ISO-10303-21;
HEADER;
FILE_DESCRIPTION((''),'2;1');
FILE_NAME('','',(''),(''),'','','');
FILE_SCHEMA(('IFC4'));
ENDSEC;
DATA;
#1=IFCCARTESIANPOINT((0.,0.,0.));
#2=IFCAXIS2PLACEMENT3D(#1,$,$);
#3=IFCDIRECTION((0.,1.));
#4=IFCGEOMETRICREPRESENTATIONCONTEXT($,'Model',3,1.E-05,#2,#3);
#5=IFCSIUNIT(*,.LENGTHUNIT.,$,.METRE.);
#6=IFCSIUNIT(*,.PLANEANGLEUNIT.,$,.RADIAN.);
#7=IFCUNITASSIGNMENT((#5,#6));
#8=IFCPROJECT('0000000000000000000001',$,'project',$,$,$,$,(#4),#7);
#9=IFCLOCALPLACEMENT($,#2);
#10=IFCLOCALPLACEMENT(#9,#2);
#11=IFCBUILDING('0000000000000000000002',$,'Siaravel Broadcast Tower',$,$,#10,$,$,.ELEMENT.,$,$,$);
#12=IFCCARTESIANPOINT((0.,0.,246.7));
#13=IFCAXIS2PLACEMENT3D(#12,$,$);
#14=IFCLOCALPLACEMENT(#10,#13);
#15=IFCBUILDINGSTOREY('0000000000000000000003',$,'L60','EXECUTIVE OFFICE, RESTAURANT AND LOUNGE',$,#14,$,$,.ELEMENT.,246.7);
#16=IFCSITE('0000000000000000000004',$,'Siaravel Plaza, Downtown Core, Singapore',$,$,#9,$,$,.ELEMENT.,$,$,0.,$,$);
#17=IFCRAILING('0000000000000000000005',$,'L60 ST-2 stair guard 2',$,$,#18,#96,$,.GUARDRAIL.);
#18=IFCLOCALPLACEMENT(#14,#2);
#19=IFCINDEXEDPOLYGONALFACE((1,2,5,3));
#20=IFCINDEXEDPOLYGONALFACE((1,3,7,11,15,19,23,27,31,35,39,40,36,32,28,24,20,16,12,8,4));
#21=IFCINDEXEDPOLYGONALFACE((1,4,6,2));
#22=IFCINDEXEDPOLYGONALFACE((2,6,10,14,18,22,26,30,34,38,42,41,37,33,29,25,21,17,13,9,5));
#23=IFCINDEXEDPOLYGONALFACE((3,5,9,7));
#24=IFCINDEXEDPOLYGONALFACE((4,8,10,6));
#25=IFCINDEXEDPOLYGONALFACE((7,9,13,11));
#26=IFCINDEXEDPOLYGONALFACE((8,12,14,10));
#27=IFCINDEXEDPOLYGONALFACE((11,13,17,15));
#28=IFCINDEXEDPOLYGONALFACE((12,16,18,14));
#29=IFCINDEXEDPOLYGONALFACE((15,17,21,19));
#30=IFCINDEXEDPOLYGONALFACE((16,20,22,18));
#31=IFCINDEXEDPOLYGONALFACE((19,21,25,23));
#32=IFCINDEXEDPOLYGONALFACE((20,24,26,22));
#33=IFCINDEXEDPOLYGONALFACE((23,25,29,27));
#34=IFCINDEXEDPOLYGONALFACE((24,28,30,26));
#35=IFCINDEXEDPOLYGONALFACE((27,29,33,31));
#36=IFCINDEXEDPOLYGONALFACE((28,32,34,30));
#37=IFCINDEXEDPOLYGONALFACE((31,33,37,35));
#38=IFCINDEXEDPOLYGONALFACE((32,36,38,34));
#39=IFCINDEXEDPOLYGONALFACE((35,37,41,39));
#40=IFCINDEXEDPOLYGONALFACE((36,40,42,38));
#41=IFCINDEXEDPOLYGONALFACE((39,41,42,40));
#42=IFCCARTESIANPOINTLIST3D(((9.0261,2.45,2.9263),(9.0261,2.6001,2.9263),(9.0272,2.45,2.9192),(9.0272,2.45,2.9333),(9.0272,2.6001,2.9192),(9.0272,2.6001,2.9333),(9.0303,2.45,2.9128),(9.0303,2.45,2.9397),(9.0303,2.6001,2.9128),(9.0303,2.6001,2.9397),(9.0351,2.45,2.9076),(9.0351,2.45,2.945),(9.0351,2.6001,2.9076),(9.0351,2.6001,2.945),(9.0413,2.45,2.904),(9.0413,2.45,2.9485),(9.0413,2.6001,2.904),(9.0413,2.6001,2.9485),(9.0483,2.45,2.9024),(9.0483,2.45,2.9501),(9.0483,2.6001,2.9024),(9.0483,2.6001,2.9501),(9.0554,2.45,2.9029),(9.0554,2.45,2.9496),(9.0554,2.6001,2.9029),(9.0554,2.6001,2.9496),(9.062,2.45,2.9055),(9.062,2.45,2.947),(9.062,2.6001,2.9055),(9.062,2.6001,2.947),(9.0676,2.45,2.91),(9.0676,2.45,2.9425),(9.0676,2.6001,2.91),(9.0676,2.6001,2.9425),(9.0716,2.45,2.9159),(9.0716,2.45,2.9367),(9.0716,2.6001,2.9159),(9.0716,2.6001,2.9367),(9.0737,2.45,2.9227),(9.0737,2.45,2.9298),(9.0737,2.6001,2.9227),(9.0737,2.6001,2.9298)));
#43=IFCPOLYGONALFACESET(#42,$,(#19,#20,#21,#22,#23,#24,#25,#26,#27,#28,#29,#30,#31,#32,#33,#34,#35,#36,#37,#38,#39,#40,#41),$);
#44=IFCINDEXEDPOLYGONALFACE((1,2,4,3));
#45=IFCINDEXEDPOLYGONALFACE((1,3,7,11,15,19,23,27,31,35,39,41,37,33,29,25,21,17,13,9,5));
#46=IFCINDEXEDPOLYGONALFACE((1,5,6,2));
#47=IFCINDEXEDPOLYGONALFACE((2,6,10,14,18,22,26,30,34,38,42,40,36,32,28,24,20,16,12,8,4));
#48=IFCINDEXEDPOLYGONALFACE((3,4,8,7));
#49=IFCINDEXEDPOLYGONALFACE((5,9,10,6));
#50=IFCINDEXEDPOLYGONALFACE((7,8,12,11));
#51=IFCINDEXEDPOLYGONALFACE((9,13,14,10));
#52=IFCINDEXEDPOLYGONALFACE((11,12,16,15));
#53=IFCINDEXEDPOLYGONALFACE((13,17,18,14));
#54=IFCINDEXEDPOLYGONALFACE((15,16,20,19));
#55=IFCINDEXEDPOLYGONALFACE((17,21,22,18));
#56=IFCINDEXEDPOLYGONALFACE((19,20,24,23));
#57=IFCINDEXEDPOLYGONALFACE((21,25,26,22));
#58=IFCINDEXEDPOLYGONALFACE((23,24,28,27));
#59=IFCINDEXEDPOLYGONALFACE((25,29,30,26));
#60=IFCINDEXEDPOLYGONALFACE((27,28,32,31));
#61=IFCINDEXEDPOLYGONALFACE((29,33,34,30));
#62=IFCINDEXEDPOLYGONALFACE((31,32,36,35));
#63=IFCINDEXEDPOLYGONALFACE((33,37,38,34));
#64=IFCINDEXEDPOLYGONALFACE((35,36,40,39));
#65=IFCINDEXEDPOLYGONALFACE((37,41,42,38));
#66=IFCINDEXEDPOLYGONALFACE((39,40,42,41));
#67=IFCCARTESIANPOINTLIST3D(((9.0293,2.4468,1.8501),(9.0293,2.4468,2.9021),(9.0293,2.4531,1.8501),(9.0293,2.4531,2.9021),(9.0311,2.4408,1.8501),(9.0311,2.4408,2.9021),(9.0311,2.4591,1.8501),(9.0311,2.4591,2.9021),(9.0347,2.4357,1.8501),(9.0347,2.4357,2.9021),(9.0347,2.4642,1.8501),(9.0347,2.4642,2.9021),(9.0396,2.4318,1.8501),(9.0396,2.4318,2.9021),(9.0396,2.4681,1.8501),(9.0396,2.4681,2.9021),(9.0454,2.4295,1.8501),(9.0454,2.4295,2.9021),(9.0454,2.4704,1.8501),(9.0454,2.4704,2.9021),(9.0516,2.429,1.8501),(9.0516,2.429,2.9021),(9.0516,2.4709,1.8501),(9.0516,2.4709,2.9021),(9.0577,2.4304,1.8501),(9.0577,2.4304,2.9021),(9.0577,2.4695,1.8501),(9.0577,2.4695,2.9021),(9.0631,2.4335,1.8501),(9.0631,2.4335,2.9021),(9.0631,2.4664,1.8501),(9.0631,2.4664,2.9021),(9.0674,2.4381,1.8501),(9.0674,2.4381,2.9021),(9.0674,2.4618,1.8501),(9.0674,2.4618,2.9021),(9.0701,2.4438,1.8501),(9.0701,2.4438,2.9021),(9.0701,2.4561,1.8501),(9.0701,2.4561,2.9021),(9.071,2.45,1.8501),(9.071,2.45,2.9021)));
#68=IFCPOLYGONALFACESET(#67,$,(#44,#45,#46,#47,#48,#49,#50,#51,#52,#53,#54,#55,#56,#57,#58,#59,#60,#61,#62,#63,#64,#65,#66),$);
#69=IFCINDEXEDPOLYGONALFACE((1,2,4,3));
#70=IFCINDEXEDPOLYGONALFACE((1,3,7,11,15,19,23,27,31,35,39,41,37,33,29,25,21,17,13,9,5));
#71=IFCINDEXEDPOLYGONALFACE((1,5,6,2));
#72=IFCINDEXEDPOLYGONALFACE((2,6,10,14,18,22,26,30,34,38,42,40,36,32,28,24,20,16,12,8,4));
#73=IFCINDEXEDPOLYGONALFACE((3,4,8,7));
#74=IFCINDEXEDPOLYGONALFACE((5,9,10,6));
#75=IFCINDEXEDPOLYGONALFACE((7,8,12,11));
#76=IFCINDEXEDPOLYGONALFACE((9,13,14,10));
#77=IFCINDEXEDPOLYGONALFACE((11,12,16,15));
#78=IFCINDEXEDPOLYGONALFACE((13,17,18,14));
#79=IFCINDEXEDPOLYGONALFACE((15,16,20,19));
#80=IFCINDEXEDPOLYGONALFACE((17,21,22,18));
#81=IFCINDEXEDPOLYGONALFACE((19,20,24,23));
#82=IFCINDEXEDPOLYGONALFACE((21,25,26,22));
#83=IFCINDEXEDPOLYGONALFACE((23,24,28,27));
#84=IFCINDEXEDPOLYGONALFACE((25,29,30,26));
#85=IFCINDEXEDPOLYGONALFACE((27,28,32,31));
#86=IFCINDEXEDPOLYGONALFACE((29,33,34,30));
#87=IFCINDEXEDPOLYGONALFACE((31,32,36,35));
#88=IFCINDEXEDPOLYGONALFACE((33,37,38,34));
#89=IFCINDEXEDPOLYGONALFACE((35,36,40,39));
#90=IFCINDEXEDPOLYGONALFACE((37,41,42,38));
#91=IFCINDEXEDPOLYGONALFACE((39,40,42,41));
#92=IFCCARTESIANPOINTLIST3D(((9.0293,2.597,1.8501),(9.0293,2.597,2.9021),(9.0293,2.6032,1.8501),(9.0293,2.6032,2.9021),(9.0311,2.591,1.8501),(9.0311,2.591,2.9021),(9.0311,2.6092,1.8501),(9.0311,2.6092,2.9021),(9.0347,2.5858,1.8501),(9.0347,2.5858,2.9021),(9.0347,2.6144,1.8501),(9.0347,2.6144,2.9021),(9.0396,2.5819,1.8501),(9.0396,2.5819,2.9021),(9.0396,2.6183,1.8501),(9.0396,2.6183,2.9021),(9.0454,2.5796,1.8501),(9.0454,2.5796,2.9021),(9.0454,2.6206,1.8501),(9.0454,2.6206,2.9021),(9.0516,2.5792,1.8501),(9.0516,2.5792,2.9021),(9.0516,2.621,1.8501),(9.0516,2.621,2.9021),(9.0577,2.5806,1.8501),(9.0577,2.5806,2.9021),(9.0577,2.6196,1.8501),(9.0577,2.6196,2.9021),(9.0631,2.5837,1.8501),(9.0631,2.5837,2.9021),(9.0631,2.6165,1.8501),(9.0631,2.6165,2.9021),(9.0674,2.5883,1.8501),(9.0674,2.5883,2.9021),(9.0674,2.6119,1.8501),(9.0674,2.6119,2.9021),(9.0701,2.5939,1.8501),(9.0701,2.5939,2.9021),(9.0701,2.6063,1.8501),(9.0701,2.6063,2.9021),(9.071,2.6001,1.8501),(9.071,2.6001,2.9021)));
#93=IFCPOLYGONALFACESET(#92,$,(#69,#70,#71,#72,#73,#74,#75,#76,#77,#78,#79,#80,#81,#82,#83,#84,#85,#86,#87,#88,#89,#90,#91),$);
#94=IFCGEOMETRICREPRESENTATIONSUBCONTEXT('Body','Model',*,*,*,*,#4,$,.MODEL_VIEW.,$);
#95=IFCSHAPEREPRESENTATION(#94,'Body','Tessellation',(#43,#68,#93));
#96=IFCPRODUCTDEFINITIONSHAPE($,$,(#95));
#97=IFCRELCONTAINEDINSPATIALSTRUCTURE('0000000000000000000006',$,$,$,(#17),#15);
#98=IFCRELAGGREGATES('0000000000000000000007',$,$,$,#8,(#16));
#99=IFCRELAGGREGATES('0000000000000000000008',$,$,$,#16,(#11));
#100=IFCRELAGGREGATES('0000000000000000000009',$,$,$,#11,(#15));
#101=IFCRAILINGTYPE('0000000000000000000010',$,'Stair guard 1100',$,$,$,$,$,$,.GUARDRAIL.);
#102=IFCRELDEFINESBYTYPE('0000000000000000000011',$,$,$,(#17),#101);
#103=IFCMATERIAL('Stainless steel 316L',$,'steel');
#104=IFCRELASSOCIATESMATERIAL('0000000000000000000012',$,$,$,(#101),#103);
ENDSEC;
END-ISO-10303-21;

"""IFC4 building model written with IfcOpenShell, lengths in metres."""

from ifc_helpers import new_model, si_unit, direction, frame, origin, origin_2d, place, context, subcontext, project, spatial, circle, extrude, material, type_object, element, save


model = new_model("IFC4")

# Units and contexts
model_context = context("Model", 3, precision=1e-05, world=origin(), true_north=direction((0.0, 1.0)))
body_context = subcontext(model_context, "Body", "Model", "MODEL_VIEW")
ifc_project = project(units=[si_unit("LENGTHUNIT", "METRE"), si_unit("PLANEANGLEUNIT", "RADIAN")], contexts=[model_context])

# Site, building, storey
site_placement = place(None, origin())
site = spatial("IfcSite", under=ifc_project, at=site_placement, Name="Siaravel Plaza, Downtown Core, Singapore", CompositionType="ELEMENT", RefElevation=0.0)
building_placement = place(site_placement, origin())
building = spatial("IfcBuilding", under=site, at=building_placement, Name="Siaravel Broadcast Tower", CompositionType="ELEMENT")
storey_placement = place(building_placement, frame((0.0, 0.0, 246.7)))
storey = spatial("IfcBuildingStorey", under=building, at=storey_placement, Name="L60", Description="EXECUTIVE OFFICE, RESTAURANT AND LOUNGE", CompositionType="ELEMENT", Elevation=246.7)

# Railing
ifc_material_1 = material(Name="Stainless steel 316L", Category="steel")
railing_type_1 = type_object("IfcRailingType", Name="Stair guard 1100", PredefinedType="GUARDRAIL", material=ifc_material_1)
railing_1_placement = place(storey_placement, frame((9.05, 2.45, 1.8501)))
element("IfcRailing", 1, at=railing_1_placement, inside=storey, type_object=railing_type_1, Name="L60 ST-2 stair guard 2", PredefinedType="GUARDRAIL", context=body_context, shape_type="SweptSolid", body=[
    extrude(circle(Radius=0.0239, at=origin_2d()), frame((0.0, 0.0, 1.0762), z_axis=(0.0, 1.0, 0.0), x_axis=(-1.0, 0.0, 0.0)), (0.0, 0.0, 1.0), 0.1501),
    extrude(circle(Radius=0.021, at=origin_2d()), origin(), (0.0, 0.0, 1.0), 1.052),
    extrude(circle(Radius=0.021, at=origin_2d()), frame((0.0, 0.1501, 0.0)), (0.0, 0.0, 1.0), 1.052),
])

save(model, "model.ifc")
